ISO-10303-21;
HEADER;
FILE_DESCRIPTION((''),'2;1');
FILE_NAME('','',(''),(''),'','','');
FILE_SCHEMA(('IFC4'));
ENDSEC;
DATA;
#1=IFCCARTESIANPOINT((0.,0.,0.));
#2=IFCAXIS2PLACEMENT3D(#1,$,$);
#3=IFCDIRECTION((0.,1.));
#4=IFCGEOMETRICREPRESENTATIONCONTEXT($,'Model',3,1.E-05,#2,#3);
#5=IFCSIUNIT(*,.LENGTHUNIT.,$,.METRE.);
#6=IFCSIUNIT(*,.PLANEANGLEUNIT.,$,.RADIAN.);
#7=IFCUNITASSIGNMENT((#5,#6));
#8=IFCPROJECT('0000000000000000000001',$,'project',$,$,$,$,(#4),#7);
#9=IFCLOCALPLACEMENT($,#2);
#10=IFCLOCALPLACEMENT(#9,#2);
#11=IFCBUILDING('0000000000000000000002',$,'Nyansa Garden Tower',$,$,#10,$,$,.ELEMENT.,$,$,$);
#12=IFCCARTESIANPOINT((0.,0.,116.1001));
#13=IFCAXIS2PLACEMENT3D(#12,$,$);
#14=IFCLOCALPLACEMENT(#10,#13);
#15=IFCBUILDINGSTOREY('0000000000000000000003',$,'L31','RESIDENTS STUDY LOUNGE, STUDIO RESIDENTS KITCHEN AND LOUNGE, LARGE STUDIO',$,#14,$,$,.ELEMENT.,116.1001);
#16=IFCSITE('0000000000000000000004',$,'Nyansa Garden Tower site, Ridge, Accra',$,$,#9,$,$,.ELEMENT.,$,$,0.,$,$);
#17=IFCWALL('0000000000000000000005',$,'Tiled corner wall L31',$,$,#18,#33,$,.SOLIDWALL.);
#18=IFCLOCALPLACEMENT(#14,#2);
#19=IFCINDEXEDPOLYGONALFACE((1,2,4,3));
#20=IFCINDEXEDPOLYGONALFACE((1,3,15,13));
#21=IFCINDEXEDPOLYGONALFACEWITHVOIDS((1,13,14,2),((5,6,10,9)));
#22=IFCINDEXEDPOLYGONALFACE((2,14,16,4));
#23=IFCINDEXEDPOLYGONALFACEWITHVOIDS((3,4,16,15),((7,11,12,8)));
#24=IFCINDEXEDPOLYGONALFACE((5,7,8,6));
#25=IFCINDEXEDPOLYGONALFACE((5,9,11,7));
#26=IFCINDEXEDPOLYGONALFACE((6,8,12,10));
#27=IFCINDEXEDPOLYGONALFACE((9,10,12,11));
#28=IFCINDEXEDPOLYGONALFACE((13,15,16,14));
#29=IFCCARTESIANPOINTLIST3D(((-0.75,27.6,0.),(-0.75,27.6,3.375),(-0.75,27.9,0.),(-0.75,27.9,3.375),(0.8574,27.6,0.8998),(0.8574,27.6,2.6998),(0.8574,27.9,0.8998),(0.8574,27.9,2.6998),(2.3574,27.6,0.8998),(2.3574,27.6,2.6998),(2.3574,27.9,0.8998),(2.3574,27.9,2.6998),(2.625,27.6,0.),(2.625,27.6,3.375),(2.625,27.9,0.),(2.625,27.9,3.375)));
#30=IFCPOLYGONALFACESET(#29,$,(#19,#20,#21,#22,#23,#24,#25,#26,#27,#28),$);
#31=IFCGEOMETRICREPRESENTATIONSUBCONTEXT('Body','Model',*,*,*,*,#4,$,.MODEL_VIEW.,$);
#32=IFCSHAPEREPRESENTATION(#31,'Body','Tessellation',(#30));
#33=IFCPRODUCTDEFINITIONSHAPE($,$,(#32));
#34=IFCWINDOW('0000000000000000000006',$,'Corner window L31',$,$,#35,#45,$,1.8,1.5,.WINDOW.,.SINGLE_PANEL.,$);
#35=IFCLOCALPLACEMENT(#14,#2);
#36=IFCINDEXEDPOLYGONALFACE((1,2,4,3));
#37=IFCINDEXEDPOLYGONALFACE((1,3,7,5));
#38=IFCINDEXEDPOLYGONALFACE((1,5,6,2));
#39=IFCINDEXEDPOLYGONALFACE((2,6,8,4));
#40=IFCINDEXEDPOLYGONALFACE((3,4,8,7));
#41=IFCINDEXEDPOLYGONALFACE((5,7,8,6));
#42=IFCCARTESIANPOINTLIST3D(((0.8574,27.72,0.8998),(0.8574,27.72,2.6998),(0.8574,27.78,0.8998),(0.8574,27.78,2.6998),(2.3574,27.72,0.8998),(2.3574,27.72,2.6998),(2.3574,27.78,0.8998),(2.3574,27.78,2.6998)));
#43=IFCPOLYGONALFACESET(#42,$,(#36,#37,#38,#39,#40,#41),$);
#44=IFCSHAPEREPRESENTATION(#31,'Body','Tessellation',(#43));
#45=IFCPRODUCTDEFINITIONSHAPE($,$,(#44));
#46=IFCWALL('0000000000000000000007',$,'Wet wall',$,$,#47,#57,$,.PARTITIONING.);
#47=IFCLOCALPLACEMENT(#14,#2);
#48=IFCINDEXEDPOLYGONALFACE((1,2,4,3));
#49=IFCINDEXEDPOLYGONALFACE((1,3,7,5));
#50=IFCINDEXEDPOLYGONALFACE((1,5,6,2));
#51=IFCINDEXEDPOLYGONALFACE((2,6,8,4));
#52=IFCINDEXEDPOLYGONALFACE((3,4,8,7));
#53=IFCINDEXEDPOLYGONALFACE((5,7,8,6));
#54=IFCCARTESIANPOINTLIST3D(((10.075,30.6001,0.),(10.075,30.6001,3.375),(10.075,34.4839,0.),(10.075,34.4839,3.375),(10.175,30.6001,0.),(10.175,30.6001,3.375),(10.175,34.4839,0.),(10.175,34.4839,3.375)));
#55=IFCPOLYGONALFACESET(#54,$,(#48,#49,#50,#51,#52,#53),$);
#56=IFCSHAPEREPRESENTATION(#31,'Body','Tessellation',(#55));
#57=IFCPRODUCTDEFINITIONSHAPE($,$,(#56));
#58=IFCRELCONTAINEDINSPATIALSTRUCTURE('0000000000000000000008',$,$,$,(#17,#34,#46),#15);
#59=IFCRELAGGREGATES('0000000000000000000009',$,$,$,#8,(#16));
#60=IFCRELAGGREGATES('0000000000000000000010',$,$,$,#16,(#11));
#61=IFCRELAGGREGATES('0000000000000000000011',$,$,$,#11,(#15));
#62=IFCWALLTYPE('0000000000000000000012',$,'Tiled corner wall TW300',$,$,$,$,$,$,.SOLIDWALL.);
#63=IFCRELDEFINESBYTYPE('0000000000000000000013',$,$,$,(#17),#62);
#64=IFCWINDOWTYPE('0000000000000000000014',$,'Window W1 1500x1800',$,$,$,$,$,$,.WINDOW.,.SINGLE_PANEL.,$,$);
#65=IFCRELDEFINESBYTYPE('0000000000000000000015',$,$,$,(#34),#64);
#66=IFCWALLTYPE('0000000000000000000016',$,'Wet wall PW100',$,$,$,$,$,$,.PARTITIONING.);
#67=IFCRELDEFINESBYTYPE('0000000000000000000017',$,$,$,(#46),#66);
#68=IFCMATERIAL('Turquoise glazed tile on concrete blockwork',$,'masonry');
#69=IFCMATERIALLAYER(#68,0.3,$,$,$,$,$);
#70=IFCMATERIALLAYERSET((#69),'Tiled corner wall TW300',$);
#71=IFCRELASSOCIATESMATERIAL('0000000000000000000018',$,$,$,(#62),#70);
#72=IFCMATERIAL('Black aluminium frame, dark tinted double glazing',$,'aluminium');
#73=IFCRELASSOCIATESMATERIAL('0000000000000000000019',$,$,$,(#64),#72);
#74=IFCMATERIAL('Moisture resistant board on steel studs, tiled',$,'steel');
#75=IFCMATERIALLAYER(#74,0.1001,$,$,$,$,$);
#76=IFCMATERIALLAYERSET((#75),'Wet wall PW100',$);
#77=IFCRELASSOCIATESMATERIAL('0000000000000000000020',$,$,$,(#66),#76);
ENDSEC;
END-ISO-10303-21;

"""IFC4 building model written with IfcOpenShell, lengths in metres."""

from ifc_helpers import new_model, si_unit, direction, frame, frame_2d, origin, place, context, subcontext, project, spatial, rectangle, extrude, material, layer, layer_set, type_object, element, fill, save


model = new_model("IFC4")

# Units and contexts
model_context = context("Model", 3, precision=1e-05, world=origin(), true_north=direction((0.0, 1.0)))
body_context = subcontext(model_context, "Body", "Model", "MODEL_VIEW")
ifc_project = project(units=[si_unit("LENGTHUNIT", "METRE"), si_unit("PLANEANGLEUNIT", "RADIAN")], contexts=[model_context])

# Site, building, storey
site_placement = place(None, origin())
site = spatial("IfcSite", under=ifc_project, at=site_placement, Name="Nyansa Garden Tower site, Ridge, Accra", CompositionType="ELEMENT", RefElevation=0.0)
building_placement = place(site_placement, origin())
building = spatial("IfcBuilding", under=site, at=building_placement, Name="Nyansa Garden Tower", CompositionType="ELEMENT")
storey_placement = place(building_placement, frame((0.0, 0.0, 116.1001)))
storey = spatial("IfcBuildingStorey", under=building, at=storey_placement, Name="L31", Description="RESIDENTS STUDY LOUNGE, STUDIO RESIDENTS KITCHEN AND LOUNGE, LARGE STUDIO", CompositionType="ELEMENT", Elevation=116.1001)

# Wall, opening, window
ifc_material_1 = material(Name="Turquoise glazed tile on concrete blockwork", Category="masonry")
ifc_layer_1 = layer(ifc_material_1, 0.3)
ifc_layer_set_1 = layer_set([ifc_layer_1], Name="Tiled corner wall TW300")
wall_type_1 = type_object("IfcWallType", Name="Tiled corner wall TW300", PredefinedType="SOLIDWALL", material=ifc_layer_set_1)
ifc_material_2 = material(Name="Black aluminium frame, dark tinted double glazing", Category="aluminium")
window_type_1 = type_object("IfcWindowType", Name="Window W1 1500x1800", PartitioningType="SINGLE_PANEL", PredefinedType="WINDOW", material=ifc_material_2)
wall_1_placement = place(storey_placement, frame((2.625, 27.75, 0.0), z_axis=(0.0, 0.0, 1.0), x_axis=(-1.0, 0.0, 0.0)))
wall_1 = element("IfcWall", 1, at=wall_1_placement, inside=storey, type_object=wall_type_1, Name="Tiled corner wall L31", PredefinedType="SOLIDWALL", context=body_context, shape_type="SweptSolid", body=[
    extrude(rectangle(XDim=3.375, YDim=0.3, at=frame_2d((1.6875, 0.0))), origin(), (0.0, 0.0, 1.0), 3.375),
])
opening_1_placement = place(wall_1_placement, frame((0.2676, 0.0, 0.8999)))
opening_1 = element("IfcOpeningElement", 2, at=opening_1_placement, cuts=wall_1, PredefinedType="OPENING", context=body_context, shape_type="SweptSolid", body=[
    extrude(rectangle(XDim=1.5, YDim=1.8, at=frame_2d((0.75, 0.8999))), frame((0.0, 0.1599, 0.0), z_axis=(0.0, -1.0, 0.0), x_axis=(1.0, 0.0, 0.0)), (0.0, 0.0, 1.0), 0.3201),
])
window_1_placement = place(opening_1_placement, origin())
window_1 = element("IfcWindow", 3, at=window_1_placement, inside=storey, type_object=window_type_1, Name="Corner window L31", OverallHeight=1.8, OverallWidth=1.5, PartitioningType="SINGLE_PANEL", PredefinedType="WINDOW", context=body_context, shape_type="SweptSolid", body=[
    extrude(rectangle(XDim=1.5, YDim=1.8, at=frame_2d((0.75, 0.8999))), frame((0.0, 0.03, 0.0), z_axis=(0.0, -1.0, 0.0), x_axis=(1.0, 0.0, 0.0)), (0.0, 0.0, 1.0), 0.0601),
])
fill(opening_1, window_1)

# Wall
ifc_material_3 = material(Name="Moisture resistant board on steel studs, tiled", Category="steel")
ifc_layer_2 = layer(ifc_material_3, 0.1001)
ifc_layer_set_2 = layer_set([ifc_layer_2], Name="Wet wall PW100")
wall_type_2 = type_object("IfcWallType", Name="Wet wall PW100", PredefinedType="PARTITIONING", material=ifc_layer_set_2)
wall_2_placement = place(storey_placement, frame((10.125, 30.6001, 0.0), z_axis=(0.0, 0.0, 1.0), x_axis=(0.0, 1.0, 0.0)))
element("IfcWall", 4, at=wall_2_placement, inside=storey, type_object=wall_type_2, Name="Wet wall", PredefinedType="PARTITIONING", context=body_context, shape_type="SweptSolid", body=[
    extrude(rectangle(XDim=3.8838, YDim=0.1001, at=frame_2d((1.9419, 0.0))), origin(), (0.0, 0.0, 1.0), 3.375),
])

save(model, "model.ifc")
